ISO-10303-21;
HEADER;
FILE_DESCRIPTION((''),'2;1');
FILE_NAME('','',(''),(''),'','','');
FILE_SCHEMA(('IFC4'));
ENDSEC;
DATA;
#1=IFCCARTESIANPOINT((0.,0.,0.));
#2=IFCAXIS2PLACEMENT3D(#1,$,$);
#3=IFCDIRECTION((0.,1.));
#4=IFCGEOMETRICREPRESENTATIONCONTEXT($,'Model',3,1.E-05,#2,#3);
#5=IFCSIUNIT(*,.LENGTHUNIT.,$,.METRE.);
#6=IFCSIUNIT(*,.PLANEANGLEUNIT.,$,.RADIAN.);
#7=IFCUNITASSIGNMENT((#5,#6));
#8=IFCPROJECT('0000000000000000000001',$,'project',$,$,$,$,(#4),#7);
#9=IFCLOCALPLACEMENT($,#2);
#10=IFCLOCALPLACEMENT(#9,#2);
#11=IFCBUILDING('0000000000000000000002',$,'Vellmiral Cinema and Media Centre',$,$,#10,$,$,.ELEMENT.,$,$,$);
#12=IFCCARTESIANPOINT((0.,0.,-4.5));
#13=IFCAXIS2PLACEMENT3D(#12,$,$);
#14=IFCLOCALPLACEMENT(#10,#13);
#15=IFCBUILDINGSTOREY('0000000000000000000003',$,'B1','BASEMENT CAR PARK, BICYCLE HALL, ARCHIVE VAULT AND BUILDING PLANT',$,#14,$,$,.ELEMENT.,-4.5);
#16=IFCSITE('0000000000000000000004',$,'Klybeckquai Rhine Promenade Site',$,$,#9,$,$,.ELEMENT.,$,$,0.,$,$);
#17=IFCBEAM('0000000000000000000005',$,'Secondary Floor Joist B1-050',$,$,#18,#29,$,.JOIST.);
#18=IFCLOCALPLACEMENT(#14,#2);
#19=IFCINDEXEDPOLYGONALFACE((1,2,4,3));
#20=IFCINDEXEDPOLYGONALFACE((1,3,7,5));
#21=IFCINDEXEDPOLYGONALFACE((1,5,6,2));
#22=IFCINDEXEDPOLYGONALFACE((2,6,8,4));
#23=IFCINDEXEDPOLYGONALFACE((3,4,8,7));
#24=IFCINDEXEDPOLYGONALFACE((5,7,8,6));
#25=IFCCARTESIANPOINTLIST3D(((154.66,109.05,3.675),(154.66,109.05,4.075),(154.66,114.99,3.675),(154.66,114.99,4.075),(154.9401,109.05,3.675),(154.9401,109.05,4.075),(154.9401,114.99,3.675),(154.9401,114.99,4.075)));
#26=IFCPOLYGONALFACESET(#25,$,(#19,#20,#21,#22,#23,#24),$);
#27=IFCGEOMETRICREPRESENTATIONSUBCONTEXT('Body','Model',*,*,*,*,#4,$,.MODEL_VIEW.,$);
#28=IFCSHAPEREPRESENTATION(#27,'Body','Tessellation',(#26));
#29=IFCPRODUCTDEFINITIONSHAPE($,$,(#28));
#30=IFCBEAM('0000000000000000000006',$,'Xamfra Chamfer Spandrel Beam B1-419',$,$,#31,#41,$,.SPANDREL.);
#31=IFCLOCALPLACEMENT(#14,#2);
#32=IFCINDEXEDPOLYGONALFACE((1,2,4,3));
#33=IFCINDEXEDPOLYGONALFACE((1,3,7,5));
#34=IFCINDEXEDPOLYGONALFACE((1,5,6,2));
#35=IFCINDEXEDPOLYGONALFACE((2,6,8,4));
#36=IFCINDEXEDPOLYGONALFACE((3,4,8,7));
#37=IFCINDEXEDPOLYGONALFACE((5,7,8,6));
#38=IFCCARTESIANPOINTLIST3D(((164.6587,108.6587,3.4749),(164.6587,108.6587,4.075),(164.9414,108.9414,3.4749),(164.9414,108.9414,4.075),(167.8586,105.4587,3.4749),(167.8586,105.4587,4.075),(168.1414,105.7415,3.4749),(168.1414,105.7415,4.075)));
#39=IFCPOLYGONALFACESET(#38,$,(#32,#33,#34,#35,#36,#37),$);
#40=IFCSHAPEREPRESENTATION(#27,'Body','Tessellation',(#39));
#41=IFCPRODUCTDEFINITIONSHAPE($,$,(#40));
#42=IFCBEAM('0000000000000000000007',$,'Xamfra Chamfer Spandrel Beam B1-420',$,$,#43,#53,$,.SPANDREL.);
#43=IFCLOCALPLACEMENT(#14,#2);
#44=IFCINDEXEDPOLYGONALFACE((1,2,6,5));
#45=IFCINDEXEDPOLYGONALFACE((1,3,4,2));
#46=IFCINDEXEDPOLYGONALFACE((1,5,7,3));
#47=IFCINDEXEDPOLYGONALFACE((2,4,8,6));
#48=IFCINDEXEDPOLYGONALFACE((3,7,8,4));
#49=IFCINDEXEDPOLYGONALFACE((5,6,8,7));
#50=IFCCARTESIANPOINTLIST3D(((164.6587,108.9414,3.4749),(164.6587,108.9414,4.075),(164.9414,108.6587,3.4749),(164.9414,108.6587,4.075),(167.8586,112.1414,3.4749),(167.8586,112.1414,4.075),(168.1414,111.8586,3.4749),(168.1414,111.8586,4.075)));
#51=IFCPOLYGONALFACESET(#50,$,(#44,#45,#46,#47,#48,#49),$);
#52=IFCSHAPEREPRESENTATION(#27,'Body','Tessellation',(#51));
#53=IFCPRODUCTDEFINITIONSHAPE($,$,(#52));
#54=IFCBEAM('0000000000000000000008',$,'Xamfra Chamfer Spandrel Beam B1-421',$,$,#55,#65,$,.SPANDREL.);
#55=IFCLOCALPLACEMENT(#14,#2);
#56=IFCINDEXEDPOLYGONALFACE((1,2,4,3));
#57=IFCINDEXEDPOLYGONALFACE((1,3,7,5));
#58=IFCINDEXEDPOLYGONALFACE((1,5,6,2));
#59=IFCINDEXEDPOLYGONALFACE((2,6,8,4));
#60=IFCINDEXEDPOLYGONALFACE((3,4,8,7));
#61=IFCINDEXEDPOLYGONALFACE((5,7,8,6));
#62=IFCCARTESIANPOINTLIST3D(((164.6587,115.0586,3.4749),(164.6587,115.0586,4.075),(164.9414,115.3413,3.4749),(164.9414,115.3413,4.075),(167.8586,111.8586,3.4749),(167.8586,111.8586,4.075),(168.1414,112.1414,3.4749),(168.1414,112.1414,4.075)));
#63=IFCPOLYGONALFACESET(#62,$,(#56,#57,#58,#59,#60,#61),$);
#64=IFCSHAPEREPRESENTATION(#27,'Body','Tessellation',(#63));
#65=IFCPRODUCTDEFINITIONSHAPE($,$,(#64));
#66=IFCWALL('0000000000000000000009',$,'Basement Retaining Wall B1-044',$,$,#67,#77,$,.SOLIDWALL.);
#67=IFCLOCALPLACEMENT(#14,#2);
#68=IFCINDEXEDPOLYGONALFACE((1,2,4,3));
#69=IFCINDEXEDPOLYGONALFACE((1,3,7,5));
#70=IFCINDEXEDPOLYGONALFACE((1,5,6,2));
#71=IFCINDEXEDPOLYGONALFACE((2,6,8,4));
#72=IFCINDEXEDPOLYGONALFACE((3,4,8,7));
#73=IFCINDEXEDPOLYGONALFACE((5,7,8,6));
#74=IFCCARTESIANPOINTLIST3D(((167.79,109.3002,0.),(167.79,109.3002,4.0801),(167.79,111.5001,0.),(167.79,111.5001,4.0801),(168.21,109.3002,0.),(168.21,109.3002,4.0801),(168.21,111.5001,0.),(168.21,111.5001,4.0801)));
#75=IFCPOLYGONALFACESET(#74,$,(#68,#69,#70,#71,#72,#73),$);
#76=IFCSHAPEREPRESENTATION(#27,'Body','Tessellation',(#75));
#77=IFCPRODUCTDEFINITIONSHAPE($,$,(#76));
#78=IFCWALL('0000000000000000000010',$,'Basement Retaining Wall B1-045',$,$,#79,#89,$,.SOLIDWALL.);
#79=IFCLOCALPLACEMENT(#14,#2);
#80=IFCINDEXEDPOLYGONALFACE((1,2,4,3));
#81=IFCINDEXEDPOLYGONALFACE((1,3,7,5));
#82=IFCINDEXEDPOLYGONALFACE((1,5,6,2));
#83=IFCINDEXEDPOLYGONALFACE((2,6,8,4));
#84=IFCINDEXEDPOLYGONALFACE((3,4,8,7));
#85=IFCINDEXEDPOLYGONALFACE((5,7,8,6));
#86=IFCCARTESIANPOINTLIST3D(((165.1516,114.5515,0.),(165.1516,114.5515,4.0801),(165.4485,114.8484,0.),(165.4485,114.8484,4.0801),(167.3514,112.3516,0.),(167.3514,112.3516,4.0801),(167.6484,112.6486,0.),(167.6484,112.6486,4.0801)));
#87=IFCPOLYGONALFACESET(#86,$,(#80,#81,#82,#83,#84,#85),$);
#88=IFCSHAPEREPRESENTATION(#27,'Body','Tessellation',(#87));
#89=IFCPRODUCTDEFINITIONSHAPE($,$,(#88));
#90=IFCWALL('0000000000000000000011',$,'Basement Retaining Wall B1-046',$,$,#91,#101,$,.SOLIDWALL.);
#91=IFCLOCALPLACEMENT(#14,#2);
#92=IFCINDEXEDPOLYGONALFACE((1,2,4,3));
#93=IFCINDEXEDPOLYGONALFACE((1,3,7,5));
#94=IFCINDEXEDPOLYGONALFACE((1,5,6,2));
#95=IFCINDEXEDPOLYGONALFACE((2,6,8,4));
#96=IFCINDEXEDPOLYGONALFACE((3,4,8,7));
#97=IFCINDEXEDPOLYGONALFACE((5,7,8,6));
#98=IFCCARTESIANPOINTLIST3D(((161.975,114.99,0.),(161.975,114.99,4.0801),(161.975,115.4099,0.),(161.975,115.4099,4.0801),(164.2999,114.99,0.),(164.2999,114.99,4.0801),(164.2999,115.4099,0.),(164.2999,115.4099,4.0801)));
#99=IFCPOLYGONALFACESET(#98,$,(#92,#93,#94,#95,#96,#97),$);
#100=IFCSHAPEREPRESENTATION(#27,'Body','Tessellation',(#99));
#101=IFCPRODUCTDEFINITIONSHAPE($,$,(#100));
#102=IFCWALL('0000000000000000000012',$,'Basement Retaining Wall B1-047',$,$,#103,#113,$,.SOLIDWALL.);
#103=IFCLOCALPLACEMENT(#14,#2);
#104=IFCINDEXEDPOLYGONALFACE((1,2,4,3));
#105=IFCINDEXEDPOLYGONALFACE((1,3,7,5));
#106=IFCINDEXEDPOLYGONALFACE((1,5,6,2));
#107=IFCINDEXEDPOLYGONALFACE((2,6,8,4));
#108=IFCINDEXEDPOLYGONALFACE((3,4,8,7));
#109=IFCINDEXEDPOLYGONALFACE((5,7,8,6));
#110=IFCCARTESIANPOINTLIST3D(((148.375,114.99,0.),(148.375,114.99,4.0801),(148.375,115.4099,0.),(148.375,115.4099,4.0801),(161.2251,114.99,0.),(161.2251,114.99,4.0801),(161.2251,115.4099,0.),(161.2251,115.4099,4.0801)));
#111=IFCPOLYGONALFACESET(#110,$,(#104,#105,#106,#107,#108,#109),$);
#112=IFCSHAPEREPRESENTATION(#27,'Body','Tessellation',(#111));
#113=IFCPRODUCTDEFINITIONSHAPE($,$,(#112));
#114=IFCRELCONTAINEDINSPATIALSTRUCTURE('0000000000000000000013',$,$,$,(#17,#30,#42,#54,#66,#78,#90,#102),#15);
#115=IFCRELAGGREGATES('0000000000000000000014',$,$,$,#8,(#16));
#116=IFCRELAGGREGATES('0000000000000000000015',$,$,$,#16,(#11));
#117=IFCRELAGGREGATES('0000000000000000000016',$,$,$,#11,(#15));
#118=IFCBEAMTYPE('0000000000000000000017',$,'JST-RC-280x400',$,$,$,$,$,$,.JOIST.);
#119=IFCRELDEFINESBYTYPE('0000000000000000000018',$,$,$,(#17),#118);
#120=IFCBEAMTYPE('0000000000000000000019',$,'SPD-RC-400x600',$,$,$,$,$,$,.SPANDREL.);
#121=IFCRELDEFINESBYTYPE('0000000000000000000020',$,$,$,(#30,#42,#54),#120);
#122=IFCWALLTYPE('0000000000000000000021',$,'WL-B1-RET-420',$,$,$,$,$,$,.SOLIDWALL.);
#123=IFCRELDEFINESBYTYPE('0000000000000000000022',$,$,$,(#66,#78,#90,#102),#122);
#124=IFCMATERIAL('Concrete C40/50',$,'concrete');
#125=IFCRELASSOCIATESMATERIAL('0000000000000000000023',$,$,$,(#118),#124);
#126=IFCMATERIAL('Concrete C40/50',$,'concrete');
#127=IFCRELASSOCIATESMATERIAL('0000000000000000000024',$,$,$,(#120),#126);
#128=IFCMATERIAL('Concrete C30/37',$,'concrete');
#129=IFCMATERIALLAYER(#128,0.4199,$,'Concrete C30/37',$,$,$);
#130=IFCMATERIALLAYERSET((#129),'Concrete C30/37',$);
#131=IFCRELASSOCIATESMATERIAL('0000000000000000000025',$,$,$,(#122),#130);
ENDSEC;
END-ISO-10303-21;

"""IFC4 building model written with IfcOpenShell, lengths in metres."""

from ifc_helpers import new_model, si_unit, direction, frame, frame_2d, origin, origin_2d, place, context, subcontext, project, spatial, rectangle, extrude, material, layer, layer_set, material_profile, profile_set, type_object, element, save


model = new_model("IFC4")

# Units and contexts
model_context = context("Model", 3, precision=1e-05, world=origin(), true_north=direction((0.0, 1.0)))
body_context = subcontext(model_context, "Body", "Model", "MODEL_VIEW")
ifc_project = project(units=[si_unit("LENGTHUNIT", "METRE"), si_unit("PLANEANGLEUNIT", "RADIAN")], contexts=[model_context])

# Site, building, storey
site_placement = place(None, origin())
site = spatial("IfcSite", under=ifc_project, at=site_placement, Name="Klybeckquai Rhine Promenade Site", CompositionType="ELEMENT", RefElevation=0.0)
building_placement = place(site_placement, origin())
building = spatial("IfcBuilding", under=site, at=building_placement, Name="Vellmiral Cinema and Media Centre", CompositionType="ELEMENT")
storey_placement = place(building_placement, frame((0.0, 0.0, -4.5)))
storey = spatial("IfcBuildingStorey", under=building, at=storey_placement, Name="B1", Description="BASEMENT CAR PARK, BICYCLE HALL, ARCHIVE VAULT AND BUILDING PLANT", CompositionType="ELEMENT", Elevation=-4.5)

# Beams
ifc_material_1 = material(Name="Concrete C40/50", Category="concrete")
ifc_material_profile_1 = material_profile(ifc_material_1, rectangle(XDim=0.28, YDim=0.3999, at=origin_2d()), Name="RC 280x400")
ifc_profile_set_1 = profile_set([ifc_material_profile_1], Name="Concrete C40/50")
beam_type_1 = type_object("IfcBeamType", Name="JST-RC-280x400", PredefinedType="JOIST", material=ifc_profile_set_1)
beam_1_placement = place(storey_placement, frame((154.8, 109.05, 3.875), z_axis=(0.0, 1.0, 0.0), x_axis=(-1.0, 0.0, 0.0)))
element("IfcBeam", 1, at=beam_1_placement, inside=storey, type_object=beam_type_1, Name="Secondary Floor Joist B1-050", PredefinedType="JOIST", context=body_context, shape_type="SweptSolid", body=[
    extrude(rectangle(XDim=0.28, YDim=0.3999, at=origin_2d()), origin(), (0.0, 0.0, 1.0), 5.9399),
])
ifc_material_2 = material(Name="Concrete C40/50", Category="concrete")
ifc_material_profile_2 = material_profile(ifc_material_2, rectangle(XDim=0.3999, YDim=0.6001, at=origin_2d()), Name="RC 400x600")
ifc_profile_set_2 = profile_set([ifc_material_profile_2], Name="Concrete C40/50")
beam_type_2 = type_object("IfcBeamType", Name="SPD-RC-400x600", PredefinedType="SPANDREL", material=ifc_profile_set_2)
for number, where, z_axis, x_axis, name in (
    (2, (164.8, 108.8, 3.7749), (0.707107, -0.707107, 0.0), (0.707107, 0.707107, 0.0), "Xamfra Chamfer Spandrel Beam B1-419"),
    (3, (164.8, 108.8, 3.7749), (0.707107, 0.707107, 0.0), (-0.707107, 0.707107, 0.0), "Xamfra Chamfer Spandrel Beam B1-420"),
    (4, (164.8, 115.2, 3.7749), (0.707107, -0.707107, 0.0), (0.707107, 0.707107, 0.0), "Xamfra Chamfer Spandrel Beam B1-421"),
):
    element("IfcBeam", number, at=place(storey_placement, frame(where, z_axis=z_axis, x_axis=x_axis)), inside=storey, type_object=beam_type_2, Name=name, PredefinedType="SPANDREL", context=body_context, shape_type="SweptSolid", body=[
        extrude(rectangle(XDim=0.3999, YDim=0.6001, at=origin_2d()), origin(), (0.0, 0.0, 1.0), 4.5254),
    ])

# Walls
ifc_material_3 = material(Name="Concrete C30/37", Category="concrete")
ifc_layer = layer(ifc_material_3, 0.4199, Name="Concrete C30/37")
ifc_layer_set = layer_set([ifc_layer], Name="Concrete C30/37")
wall_type = type_object("IfcWallType", Name="WL-B1-RET-420", PredefinedType="SOLIDWALL", material=ifc_layer_set)
wall_1_placement = place(storey_placement, frame((168.0, 109.3, 0.0), z_axis=(0.0, 0.0, 1.0), x_axis=(0.0, 1.0, 0.0)))
element("IfcWall", 5, at=wall_1_placement, inside=storey, type_object=wall_type, Name="Basement Retaining Wall B1-044", PredefinedType="SOLIDWALL", context=body_context, shape_type="SweptSolid", body=[
    extrude(rectangle(XDim=2.2, YDim=0.4199, at=frame_2d((1.1001, 0.0))), origin(), (0.0, 0.0, 1.0), 4.0801),
])
wall_2_placement = place(storey_placement, frame((167.5, 112.5, 0.0), z_axis=(0.0, 0.0, 1.0), x_axis=(-0.707107, 0.707107, 0.0)))
element("IfcWall", 6, at=wall_2_placement, inside=storey, type_object=wall_type, Name="Basement Retaining Wall B1-045", PredefinedType="SOLIDWALL", context=body_context, shape_type="SweptSolid", body=[
    extrude(rectangle(XDim=3.1111, YDim=0.4199, at=frame_2d((1.5557, 0.0))), origin(), (0.0, 0.0, 1.0), 4.0801),
])
wall_3_placement = place(storey_placement, frame((164.3, 115.2, 0.0), z_axis=(0.0, 0.0, 1.0), x_axis=(-1.0, 0.0, 0.0)))
element("IfcWall", 7, at=wall_3_placement, inside=storey, type_object=wall_type, Name="Basement Retaining Wall B1-046", PredefinedType="SOLIDWALL", context=body_context, shape_type="SweptSolid", body=[
    extrude(rectangle(XDim=2.325, YDim=0.4199, at=frame_2d((1.1626, 0.0))), origin(), (0.0, 0.0, 1.0), 4.0801),
])
wall_4_placement = place(storey_placement, frame((161.2251, 115.2, 0.0), z_axis=(0.0, 0.0, 1.0), x_axis=(-1.0, 0.0, 0.0)))
element("IfcWall", 8, at=wall_4_placement, inside=storey, type_object=wall_type, Name="Basement Retaining Wall B1-047", PredefinedType="SOLIDWALL", context=body_context, shape_type="SweptSolid", body=[
    extrude(rectangle(XDim=12.8501, YDim=0.4199, at=frame_2d((6.425, 0.0))), origin(), (0.0, 0.0, 1.0), 4.0801),
])

save(model, "model.ifc")
